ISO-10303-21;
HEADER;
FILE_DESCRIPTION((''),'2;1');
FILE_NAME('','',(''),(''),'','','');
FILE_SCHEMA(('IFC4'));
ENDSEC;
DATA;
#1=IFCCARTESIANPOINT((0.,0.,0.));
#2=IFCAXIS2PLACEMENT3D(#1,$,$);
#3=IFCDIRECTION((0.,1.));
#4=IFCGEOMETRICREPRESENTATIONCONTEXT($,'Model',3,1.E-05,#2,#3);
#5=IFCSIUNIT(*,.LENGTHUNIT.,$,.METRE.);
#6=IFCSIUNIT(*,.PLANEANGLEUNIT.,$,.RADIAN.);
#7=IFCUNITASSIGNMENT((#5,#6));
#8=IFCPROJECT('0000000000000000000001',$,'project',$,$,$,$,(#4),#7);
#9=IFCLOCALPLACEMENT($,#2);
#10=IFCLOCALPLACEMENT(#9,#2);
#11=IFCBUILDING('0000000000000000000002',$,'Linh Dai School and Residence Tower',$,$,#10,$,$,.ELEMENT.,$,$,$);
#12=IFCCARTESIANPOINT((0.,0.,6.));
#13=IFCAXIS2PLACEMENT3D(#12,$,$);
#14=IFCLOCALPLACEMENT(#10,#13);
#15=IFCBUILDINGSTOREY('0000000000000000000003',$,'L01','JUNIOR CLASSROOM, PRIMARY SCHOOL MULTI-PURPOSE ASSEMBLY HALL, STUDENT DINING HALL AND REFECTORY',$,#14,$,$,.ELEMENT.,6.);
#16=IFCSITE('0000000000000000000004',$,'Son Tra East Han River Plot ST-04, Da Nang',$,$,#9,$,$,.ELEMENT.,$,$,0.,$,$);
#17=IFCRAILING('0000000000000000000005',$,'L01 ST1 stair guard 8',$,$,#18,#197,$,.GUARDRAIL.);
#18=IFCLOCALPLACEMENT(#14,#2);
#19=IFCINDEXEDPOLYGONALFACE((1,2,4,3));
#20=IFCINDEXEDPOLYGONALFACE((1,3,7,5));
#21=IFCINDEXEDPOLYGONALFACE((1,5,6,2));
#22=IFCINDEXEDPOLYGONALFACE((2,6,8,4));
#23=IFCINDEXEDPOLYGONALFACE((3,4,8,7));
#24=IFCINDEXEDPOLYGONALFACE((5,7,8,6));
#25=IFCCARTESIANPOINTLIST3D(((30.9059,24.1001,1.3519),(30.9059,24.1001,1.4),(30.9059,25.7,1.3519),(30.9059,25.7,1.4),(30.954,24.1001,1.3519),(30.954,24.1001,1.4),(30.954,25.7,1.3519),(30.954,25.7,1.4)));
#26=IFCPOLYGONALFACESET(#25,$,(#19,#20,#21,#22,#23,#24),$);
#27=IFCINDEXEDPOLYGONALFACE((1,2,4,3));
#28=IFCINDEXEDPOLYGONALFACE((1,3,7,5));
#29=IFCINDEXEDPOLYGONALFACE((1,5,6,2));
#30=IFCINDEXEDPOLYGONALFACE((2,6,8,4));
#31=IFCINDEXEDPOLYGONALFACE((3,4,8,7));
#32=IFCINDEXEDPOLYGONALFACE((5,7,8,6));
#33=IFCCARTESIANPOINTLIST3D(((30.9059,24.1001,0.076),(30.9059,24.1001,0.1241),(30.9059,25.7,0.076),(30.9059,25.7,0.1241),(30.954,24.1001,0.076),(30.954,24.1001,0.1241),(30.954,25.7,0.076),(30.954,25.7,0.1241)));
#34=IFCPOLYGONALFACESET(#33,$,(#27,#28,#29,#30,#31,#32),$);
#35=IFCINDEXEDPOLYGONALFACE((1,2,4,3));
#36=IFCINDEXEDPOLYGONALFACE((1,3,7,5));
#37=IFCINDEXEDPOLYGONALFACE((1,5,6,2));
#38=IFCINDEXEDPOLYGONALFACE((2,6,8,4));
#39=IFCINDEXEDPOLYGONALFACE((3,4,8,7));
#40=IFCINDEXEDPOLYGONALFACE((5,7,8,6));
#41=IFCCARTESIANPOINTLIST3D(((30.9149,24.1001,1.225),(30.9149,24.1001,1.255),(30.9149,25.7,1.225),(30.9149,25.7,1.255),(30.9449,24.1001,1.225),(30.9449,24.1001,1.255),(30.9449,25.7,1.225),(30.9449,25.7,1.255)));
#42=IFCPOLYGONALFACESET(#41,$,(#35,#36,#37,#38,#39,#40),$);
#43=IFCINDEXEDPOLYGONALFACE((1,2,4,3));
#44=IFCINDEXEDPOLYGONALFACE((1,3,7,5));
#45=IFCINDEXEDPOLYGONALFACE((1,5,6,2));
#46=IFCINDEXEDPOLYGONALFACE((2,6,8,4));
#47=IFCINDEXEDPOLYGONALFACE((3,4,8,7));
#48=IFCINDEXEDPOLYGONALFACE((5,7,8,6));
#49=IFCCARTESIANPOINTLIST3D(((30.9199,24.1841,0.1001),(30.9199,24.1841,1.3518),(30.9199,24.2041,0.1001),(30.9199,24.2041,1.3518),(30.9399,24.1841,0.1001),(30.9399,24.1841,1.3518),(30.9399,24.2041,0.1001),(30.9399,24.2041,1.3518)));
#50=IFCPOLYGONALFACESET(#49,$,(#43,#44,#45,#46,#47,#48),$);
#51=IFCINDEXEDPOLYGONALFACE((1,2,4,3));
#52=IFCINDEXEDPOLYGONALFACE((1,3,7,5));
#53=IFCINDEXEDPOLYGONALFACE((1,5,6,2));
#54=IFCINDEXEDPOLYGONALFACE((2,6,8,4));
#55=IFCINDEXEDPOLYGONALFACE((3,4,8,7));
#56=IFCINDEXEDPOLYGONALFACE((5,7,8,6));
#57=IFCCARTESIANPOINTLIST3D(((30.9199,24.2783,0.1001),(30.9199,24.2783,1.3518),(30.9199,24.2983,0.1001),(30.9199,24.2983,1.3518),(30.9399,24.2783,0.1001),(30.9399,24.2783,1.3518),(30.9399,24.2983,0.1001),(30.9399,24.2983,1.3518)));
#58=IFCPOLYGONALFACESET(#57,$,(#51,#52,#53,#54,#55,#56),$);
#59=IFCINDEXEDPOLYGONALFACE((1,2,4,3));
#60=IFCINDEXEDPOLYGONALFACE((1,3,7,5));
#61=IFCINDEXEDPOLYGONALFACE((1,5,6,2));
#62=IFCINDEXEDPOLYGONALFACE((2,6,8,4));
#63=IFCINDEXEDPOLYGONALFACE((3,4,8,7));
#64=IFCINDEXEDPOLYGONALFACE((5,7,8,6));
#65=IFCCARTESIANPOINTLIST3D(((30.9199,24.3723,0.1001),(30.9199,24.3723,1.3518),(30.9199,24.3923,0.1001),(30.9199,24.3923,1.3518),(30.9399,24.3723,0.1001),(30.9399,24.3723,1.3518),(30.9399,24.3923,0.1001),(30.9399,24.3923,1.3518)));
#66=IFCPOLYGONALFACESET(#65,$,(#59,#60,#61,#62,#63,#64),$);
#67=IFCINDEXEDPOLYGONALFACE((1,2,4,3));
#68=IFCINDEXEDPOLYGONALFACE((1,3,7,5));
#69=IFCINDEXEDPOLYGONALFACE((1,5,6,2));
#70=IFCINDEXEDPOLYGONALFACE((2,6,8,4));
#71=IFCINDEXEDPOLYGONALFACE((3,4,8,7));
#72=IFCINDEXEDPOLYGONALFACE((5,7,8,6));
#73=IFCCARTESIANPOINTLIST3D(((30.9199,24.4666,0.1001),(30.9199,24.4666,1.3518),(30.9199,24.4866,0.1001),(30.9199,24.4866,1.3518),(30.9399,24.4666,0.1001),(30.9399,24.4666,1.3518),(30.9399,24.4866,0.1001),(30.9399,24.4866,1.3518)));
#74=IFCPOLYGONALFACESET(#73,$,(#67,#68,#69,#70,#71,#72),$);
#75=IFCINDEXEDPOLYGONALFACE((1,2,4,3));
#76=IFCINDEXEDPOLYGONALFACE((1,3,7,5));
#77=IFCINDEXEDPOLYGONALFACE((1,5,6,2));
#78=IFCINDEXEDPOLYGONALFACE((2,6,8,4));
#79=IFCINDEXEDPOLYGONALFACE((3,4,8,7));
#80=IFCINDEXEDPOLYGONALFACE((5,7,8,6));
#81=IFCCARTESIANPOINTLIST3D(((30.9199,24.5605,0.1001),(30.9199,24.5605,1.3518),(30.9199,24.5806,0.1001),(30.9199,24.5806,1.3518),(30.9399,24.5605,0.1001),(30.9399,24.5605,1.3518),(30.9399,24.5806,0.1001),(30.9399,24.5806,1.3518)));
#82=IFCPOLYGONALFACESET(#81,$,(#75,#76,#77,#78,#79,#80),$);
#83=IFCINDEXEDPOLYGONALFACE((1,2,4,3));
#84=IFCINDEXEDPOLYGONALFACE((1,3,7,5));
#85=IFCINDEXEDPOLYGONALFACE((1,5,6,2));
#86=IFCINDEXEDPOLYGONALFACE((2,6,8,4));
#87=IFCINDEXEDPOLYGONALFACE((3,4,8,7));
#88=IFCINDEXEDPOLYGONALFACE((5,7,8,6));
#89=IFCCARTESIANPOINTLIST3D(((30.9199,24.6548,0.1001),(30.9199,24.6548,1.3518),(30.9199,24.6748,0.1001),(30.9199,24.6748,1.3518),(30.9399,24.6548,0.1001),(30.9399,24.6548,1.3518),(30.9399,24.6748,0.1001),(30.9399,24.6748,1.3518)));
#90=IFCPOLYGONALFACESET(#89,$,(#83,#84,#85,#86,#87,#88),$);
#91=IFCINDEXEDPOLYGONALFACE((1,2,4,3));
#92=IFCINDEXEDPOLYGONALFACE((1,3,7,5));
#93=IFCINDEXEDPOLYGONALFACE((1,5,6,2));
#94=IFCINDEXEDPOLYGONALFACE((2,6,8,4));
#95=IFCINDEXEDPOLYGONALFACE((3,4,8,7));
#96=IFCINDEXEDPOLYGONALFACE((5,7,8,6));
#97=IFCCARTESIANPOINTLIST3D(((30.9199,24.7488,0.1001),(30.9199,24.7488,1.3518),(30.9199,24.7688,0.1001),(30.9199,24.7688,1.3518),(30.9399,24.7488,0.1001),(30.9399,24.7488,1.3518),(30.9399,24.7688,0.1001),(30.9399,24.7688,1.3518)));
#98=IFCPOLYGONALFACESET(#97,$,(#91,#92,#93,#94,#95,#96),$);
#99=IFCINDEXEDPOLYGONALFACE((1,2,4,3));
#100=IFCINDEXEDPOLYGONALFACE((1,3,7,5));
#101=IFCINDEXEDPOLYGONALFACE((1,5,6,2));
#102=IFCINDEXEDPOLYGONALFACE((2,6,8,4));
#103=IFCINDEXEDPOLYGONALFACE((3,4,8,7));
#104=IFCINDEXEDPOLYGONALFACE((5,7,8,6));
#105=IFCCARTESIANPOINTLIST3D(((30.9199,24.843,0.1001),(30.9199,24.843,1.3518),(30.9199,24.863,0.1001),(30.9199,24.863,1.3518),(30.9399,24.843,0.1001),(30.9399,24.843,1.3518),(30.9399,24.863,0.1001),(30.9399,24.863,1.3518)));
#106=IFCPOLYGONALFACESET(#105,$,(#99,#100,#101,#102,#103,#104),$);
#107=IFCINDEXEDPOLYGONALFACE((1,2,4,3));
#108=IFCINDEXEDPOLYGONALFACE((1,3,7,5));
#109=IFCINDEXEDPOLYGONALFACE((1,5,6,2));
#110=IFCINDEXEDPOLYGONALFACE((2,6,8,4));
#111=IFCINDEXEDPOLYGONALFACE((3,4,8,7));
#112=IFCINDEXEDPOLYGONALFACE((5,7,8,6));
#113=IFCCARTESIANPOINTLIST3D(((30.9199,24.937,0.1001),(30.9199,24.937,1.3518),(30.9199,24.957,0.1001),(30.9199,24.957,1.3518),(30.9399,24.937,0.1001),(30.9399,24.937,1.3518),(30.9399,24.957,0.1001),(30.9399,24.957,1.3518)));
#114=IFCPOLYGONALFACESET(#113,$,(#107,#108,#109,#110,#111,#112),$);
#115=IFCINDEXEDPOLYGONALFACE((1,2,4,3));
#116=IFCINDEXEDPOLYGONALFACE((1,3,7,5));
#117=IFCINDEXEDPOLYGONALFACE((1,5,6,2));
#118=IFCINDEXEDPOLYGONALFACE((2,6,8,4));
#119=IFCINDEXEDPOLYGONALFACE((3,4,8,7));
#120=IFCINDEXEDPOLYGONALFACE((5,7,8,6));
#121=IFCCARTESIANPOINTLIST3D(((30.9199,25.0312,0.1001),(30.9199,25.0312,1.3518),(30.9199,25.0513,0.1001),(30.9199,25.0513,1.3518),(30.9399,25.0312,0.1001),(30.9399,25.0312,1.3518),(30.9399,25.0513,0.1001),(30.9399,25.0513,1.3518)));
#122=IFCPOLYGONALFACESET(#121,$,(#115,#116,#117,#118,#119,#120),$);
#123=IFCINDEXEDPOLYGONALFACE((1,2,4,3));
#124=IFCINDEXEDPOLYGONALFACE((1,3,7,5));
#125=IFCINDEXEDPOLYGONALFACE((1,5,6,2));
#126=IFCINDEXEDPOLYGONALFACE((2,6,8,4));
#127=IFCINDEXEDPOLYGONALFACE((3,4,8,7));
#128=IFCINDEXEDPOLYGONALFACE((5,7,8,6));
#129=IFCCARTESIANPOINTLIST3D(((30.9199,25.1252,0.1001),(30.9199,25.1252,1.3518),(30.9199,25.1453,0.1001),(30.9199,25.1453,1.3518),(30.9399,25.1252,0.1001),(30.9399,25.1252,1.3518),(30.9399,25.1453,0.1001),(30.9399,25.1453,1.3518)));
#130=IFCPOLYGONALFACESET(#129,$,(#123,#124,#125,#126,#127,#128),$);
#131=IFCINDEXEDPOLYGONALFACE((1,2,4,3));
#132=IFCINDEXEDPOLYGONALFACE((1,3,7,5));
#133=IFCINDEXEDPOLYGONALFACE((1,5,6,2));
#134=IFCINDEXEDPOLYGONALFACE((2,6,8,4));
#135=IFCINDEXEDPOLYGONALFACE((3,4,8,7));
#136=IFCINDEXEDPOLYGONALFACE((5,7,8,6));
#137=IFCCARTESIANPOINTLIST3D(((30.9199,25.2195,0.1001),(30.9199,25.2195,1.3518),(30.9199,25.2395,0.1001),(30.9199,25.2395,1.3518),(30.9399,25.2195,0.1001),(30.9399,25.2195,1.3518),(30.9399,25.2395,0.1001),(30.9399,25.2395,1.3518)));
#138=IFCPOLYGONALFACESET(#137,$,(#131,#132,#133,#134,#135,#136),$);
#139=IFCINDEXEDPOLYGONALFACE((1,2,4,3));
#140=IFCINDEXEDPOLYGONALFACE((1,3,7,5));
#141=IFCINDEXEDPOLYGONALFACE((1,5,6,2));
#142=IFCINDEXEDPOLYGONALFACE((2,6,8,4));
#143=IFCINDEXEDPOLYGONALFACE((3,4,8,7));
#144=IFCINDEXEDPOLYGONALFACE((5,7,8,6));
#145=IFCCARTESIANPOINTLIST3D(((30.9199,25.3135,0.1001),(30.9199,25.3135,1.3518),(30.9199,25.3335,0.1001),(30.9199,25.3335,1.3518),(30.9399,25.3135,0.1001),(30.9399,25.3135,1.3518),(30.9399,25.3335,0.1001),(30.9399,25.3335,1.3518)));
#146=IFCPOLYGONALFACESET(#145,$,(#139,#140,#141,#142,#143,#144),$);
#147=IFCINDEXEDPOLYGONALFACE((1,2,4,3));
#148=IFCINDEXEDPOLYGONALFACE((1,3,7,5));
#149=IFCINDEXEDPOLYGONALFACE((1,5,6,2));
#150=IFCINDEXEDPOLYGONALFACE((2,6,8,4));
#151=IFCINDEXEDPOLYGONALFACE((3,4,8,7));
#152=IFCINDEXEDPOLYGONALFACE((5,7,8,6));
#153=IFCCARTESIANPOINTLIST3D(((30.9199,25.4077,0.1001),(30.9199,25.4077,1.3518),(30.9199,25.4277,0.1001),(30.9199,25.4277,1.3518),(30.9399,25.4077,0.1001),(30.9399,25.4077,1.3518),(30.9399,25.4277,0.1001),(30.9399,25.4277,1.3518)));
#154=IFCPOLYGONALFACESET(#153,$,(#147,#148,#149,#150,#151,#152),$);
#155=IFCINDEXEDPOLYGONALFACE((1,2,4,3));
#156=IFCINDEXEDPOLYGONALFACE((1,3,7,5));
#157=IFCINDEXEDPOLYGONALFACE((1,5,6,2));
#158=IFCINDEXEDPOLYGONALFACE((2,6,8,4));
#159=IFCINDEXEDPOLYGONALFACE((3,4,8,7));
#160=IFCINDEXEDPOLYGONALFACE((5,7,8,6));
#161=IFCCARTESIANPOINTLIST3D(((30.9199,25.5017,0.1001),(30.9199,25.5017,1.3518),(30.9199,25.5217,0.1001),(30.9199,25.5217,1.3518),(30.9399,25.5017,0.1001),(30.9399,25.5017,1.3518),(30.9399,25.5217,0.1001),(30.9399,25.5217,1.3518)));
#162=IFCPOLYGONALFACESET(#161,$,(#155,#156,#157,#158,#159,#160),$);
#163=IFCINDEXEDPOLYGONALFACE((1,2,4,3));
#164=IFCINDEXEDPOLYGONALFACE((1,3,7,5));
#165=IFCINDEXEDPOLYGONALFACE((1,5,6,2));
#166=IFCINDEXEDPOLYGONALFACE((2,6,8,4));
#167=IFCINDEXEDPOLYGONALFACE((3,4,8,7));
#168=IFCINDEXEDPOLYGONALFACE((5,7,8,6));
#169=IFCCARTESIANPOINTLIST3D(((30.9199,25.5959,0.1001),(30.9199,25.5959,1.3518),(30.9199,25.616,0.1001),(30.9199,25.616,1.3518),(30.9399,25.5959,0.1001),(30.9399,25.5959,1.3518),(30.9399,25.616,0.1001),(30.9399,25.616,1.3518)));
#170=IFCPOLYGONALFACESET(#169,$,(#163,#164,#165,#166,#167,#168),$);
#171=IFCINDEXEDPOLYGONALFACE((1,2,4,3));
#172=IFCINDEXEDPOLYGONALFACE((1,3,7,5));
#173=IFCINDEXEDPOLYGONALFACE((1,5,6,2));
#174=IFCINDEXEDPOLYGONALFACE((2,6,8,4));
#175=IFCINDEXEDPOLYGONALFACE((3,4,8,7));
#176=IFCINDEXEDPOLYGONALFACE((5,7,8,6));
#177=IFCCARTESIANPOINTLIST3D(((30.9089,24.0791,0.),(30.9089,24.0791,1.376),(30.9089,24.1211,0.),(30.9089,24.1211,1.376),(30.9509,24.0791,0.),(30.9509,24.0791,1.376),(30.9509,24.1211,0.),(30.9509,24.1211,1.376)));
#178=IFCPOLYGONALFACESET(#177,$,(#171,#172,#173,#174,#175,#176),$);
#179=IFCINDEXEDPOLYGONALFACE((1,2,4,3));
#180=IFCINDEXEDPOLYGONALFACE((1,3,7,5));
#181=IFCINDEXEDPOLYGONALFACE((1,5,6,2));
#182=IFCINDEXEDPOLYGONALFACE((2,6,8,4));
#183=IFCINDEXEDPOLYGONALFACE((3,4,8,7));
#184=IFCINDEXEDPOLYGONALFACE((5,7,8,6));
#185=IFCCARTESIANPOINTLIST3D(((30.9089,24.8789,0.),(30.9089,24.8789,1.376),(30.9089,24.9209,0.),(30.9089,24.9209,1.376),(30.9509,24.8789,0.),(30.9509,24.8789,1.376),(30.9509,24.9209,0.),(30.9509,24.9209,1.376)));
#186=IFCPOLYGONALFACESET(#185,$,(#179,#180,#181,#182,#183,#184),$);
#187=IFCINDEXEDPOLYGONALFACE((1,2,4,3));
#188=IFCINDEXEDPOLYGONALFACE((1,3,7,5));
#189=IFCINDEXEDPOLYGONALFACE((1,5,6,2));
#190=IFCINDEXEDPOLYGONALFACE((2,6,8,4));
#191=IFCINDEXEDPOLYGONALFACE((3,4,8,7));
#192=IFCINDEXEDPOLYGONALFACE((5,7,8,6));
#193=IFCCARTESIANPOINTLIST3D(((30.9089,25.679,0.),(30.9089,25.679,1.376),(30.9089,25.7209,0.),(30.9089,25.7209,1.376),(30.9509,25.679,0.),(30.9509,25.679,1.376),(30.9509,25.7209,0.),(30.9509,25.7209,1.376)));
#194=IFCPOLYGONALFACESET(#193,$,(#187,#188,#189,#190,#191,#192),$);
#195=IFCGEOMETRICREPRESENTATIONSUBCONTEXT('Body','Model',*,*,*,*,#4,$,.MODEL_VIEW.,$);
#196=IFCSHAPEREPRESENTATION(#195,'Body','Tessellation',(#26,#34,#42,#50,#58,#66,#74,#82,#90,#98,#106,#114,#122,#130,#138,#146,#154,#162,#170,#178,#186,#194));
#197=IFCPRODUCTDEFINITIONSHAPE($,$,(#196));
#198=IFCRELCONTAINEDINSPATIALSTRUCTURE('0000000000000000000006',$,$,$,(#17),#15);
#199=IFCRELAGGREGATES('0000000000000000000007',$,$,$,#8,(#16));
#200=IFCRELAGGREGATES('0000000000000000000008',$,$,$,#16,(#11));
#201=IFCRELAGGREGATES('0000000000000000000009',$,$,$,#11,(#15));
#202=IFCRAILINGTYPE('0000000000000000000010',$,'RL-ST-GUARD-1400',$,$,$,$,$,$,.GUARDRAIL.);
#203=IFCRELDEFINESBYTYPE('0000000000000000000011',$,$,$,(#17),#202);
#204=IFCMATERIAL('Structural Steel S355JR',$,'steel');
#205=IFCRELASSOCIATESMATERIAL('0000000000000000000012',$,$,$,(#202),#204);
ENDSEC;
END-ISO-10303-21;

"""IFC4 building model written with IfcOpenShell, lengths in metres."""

from ifc_helpers import new_model, si_unit, direction, frame, origin, origin_2d, place, context, subcontext, project, spatial, rectangle, extrude, source, transform, mapped, material, type_object, element, save


model = new_model("IFC4")

# Units and contexts
model_context = context("Model", 3, precision=1e-05, world=origin(), true_north=direction((0.0, 1.0)))
body_context = subcontext(model_context, "Body", "Model", "MODEL_VIEW")
ifc_project = project(units=[si_unit("LENGTHUNIT", "METRE"), si_unit("PLANEANGLEUNIT", "RADIAN")], contexts=[model_context])

# Site, building, storey
site_placement = place(None, origin())
site = spatial("IfcSite", under=ifc_project, at=site_placement, Name="Son Tra East Han River Plot ST-04, Da Nang", CompositionType="ELEMENT", RefElevation=0.0)
building_placement = place(site_placement, origin())
building = spatial("IfcBuilding", under=site, at=building_placement, Name="Linh Dai School and Residence Tower", CompositionType="ELEMENT")
storey_placement = place(building_placement, frame((0.0, 0.0, 6.0)))
storey = spatial("IfcBuildingStorey", under=building, at=storey_placement, Name="L01", Description="JUNIOR CLASSROOM, PRIMARY SCHOOL MULTI-PURPOSE ASSEMBLY HALL, STUDENT DINING HALL AND REFECTORY", CompositionType="ELEMENT", Elevation=6.0)

# Shared definitions
ifc_material_1 = material(Name="Structural Steel S355JR", Category="steel")

# Railing
railing_type_1 = type_object("IfcRailingType", Name="RL-ST-GUARD-1400", PredefinedType="GUARDRAIL", material=ifc_material_1)
shared_shape_1 = source(origin(), body_context, "Body", "SweptSolid", [
    extrude(rectangle(XDim=0.0481, YDim=0.0481, at=origin_2d()), frame((0.0, 0.0, 1.376), z_axis=(0.0, 1.0, 0.0), x_axis=(-1.0, 0.0, 0.0)), (0.0, 0.0, 1.0), 1.5999),
    extrude(rectangle(XDim=0.0481, YDim=0.0481, at=origin_2d()), frame((0.0, 0.0, 0.1001), z_axis=(0.0, 1.0, 0.0), x_axis=(-1.0, 0.0, 0.0)), (0.0, 0.0, 1.0), 1.5999),
    extrude(rectangle(XDim=0.03, YDim=0.03, at=origin_2d()), frame((0.0, 0.0, 1.24), z_axis=(0.0, 1.0, 0.0), x_axis=(-1.0, 0.0, 0.0)), (0.0, 0.0, 1.0), 1.5999),
    extrude(rectangle(XDim=0.02, YDim=0.02, at=origin_2d()), frame((0.0, 0.094, 0.1001)), (0.0, 0.0, 1.0), 1.2517),
    extrude(rectangle(XDim=0.02, YDim=0.02, at=origin_2d()), frame((0.0, 0.1882, 0.1001)), (0.0, 0.0, 1.0), 1.2517),
    extrude(rectangle(XDim=0.02, YDim=0.02, at=origin_2d()), frame((0.0, 0.2822, 0.1001)), (0.0, 0.0, 1.0), 1.2517),
    extrude(rectangle(XDim=0.02, YDim=0.02, at=origin_2d()), frame((0.0, 0.3765, 0.1001)), (0.0, 0.0, 1.0), 1.2517),
    extrude(rectangle(XDim=0.02, YDim=0.02, at=origin_2d()), frame((0.0, 0.4705, 0.1001)), (0.0, 0.0, 1.0), 1.2517),
    extrude(rectangle(XDim=0.02, YDim=0.02, at=origin_2d()), frame((0.0, 0.5647, 0.1001)), (0.0, 0.0, 1.0), 1.2517),
    extrude(rectangle(XDim=0.02, YDim=0.02, at=origin_2d()), frame((0.0, 0.6587, 0.1001)), (0.0, 0.0, 1.0), 1.2517),
    extrude(rectangle(XDim=0.02, YDim=0.02, at=origin_2d()), frame((0.0, 0.7529, 0.1001)), (0.0, 0.0, 1.0), 1.2517),
    extrude(rectangle(XDim=0.02, YDim=0.02, at=origin_2d()), frame((0.0, 0.8469, 0.1001)), (0.0, 0.0, 1.0), 1.2517),
    extrude(rectangle(XDim=0.02, YDim=0.02, at=origin_2d()), frame((0.0, 0.9412, 0.1001)), (0.0, 0.0, 1.0), 1.2517),
    extrude(rectangle(XDim=0.02, YDim=0.02, at=origin_2d()), frame((0.0, 1.0352, 0.1001)), (0.0, 0.0, 1.0), 1.2517),
    extrude(rectangle(XDim=0.02, YDim=0.02, at=origin_2d()), frame((0.0, 1.1294, 0.1001)), (0.0, 0.0, 1.0), 1.2517),
    extrude(rectangle(XDim=0.02, YDim=0.02, at=origin_2d()), frame((0.0, 1.2234, 0.1001)), (0.0, 0.0, 1.0), 1.2517),
    extrude(rectangle(XDim=0.02, YDim=0.02, at=origin_2d()), frame((0.0, 1.3176, 0.1001)), (0.0, 0.0, 1.0), 1.2517),
    extrude(rectangle(XDim=0.02, YDim=0.02, at=origin_2d()), frame((0.0, 1.4116, 0.1001)), (0.0, 0.0, 1.0), 1.2517),
    extrude(rectangle(XDim=0.02, YDim=0.02, at=origin_2d()), frame((0.0, 1.5059, 0.1001)), (0.0, 0.0, 1.0), 1.2517),
    extrude(rectangle(XDim=0.042, YDim=0.042, at=origin_2d()), origin(), (0.0, 0.0, 1.0), 1.376),
    extrude(rectangle(XDim=0.042, YDim=0.042, at=origin_2d()), frame((0.0, 0.7998, 0.0)), (0.0, 0.0, 1.0), 1.376),
    extrude(rectangle(XDim=0.042, YDim=0.042, at=origin_2d()), frame((0.0, 1.5999, 0.0)), (0.0, 0.0, 1.0), 1.376),
])
for number, where, name in (
    (1, (30.9299, 24.1001, 0.0), "L01 ST1 stair guard 8"),
):
    element("IfcRailing", number, at=place(storey_placement, frame(where)), inside=storey, type_object=railing_type_1, Name=name, PredefinedType="GUARDRAIL", context=body_context, shape_type="MappedRepresentation", body=[
        mapped(shared_shape_1, transform((0.0, 0.0, 0.0), x_axis=(1.0, 0.0, 0.0), y_axis=(0.0, 1.0, 0.0), z_axis=(0.0, 0.0, 1.0), scale=1.0)),
    ])

save(model, "model.ifc")
